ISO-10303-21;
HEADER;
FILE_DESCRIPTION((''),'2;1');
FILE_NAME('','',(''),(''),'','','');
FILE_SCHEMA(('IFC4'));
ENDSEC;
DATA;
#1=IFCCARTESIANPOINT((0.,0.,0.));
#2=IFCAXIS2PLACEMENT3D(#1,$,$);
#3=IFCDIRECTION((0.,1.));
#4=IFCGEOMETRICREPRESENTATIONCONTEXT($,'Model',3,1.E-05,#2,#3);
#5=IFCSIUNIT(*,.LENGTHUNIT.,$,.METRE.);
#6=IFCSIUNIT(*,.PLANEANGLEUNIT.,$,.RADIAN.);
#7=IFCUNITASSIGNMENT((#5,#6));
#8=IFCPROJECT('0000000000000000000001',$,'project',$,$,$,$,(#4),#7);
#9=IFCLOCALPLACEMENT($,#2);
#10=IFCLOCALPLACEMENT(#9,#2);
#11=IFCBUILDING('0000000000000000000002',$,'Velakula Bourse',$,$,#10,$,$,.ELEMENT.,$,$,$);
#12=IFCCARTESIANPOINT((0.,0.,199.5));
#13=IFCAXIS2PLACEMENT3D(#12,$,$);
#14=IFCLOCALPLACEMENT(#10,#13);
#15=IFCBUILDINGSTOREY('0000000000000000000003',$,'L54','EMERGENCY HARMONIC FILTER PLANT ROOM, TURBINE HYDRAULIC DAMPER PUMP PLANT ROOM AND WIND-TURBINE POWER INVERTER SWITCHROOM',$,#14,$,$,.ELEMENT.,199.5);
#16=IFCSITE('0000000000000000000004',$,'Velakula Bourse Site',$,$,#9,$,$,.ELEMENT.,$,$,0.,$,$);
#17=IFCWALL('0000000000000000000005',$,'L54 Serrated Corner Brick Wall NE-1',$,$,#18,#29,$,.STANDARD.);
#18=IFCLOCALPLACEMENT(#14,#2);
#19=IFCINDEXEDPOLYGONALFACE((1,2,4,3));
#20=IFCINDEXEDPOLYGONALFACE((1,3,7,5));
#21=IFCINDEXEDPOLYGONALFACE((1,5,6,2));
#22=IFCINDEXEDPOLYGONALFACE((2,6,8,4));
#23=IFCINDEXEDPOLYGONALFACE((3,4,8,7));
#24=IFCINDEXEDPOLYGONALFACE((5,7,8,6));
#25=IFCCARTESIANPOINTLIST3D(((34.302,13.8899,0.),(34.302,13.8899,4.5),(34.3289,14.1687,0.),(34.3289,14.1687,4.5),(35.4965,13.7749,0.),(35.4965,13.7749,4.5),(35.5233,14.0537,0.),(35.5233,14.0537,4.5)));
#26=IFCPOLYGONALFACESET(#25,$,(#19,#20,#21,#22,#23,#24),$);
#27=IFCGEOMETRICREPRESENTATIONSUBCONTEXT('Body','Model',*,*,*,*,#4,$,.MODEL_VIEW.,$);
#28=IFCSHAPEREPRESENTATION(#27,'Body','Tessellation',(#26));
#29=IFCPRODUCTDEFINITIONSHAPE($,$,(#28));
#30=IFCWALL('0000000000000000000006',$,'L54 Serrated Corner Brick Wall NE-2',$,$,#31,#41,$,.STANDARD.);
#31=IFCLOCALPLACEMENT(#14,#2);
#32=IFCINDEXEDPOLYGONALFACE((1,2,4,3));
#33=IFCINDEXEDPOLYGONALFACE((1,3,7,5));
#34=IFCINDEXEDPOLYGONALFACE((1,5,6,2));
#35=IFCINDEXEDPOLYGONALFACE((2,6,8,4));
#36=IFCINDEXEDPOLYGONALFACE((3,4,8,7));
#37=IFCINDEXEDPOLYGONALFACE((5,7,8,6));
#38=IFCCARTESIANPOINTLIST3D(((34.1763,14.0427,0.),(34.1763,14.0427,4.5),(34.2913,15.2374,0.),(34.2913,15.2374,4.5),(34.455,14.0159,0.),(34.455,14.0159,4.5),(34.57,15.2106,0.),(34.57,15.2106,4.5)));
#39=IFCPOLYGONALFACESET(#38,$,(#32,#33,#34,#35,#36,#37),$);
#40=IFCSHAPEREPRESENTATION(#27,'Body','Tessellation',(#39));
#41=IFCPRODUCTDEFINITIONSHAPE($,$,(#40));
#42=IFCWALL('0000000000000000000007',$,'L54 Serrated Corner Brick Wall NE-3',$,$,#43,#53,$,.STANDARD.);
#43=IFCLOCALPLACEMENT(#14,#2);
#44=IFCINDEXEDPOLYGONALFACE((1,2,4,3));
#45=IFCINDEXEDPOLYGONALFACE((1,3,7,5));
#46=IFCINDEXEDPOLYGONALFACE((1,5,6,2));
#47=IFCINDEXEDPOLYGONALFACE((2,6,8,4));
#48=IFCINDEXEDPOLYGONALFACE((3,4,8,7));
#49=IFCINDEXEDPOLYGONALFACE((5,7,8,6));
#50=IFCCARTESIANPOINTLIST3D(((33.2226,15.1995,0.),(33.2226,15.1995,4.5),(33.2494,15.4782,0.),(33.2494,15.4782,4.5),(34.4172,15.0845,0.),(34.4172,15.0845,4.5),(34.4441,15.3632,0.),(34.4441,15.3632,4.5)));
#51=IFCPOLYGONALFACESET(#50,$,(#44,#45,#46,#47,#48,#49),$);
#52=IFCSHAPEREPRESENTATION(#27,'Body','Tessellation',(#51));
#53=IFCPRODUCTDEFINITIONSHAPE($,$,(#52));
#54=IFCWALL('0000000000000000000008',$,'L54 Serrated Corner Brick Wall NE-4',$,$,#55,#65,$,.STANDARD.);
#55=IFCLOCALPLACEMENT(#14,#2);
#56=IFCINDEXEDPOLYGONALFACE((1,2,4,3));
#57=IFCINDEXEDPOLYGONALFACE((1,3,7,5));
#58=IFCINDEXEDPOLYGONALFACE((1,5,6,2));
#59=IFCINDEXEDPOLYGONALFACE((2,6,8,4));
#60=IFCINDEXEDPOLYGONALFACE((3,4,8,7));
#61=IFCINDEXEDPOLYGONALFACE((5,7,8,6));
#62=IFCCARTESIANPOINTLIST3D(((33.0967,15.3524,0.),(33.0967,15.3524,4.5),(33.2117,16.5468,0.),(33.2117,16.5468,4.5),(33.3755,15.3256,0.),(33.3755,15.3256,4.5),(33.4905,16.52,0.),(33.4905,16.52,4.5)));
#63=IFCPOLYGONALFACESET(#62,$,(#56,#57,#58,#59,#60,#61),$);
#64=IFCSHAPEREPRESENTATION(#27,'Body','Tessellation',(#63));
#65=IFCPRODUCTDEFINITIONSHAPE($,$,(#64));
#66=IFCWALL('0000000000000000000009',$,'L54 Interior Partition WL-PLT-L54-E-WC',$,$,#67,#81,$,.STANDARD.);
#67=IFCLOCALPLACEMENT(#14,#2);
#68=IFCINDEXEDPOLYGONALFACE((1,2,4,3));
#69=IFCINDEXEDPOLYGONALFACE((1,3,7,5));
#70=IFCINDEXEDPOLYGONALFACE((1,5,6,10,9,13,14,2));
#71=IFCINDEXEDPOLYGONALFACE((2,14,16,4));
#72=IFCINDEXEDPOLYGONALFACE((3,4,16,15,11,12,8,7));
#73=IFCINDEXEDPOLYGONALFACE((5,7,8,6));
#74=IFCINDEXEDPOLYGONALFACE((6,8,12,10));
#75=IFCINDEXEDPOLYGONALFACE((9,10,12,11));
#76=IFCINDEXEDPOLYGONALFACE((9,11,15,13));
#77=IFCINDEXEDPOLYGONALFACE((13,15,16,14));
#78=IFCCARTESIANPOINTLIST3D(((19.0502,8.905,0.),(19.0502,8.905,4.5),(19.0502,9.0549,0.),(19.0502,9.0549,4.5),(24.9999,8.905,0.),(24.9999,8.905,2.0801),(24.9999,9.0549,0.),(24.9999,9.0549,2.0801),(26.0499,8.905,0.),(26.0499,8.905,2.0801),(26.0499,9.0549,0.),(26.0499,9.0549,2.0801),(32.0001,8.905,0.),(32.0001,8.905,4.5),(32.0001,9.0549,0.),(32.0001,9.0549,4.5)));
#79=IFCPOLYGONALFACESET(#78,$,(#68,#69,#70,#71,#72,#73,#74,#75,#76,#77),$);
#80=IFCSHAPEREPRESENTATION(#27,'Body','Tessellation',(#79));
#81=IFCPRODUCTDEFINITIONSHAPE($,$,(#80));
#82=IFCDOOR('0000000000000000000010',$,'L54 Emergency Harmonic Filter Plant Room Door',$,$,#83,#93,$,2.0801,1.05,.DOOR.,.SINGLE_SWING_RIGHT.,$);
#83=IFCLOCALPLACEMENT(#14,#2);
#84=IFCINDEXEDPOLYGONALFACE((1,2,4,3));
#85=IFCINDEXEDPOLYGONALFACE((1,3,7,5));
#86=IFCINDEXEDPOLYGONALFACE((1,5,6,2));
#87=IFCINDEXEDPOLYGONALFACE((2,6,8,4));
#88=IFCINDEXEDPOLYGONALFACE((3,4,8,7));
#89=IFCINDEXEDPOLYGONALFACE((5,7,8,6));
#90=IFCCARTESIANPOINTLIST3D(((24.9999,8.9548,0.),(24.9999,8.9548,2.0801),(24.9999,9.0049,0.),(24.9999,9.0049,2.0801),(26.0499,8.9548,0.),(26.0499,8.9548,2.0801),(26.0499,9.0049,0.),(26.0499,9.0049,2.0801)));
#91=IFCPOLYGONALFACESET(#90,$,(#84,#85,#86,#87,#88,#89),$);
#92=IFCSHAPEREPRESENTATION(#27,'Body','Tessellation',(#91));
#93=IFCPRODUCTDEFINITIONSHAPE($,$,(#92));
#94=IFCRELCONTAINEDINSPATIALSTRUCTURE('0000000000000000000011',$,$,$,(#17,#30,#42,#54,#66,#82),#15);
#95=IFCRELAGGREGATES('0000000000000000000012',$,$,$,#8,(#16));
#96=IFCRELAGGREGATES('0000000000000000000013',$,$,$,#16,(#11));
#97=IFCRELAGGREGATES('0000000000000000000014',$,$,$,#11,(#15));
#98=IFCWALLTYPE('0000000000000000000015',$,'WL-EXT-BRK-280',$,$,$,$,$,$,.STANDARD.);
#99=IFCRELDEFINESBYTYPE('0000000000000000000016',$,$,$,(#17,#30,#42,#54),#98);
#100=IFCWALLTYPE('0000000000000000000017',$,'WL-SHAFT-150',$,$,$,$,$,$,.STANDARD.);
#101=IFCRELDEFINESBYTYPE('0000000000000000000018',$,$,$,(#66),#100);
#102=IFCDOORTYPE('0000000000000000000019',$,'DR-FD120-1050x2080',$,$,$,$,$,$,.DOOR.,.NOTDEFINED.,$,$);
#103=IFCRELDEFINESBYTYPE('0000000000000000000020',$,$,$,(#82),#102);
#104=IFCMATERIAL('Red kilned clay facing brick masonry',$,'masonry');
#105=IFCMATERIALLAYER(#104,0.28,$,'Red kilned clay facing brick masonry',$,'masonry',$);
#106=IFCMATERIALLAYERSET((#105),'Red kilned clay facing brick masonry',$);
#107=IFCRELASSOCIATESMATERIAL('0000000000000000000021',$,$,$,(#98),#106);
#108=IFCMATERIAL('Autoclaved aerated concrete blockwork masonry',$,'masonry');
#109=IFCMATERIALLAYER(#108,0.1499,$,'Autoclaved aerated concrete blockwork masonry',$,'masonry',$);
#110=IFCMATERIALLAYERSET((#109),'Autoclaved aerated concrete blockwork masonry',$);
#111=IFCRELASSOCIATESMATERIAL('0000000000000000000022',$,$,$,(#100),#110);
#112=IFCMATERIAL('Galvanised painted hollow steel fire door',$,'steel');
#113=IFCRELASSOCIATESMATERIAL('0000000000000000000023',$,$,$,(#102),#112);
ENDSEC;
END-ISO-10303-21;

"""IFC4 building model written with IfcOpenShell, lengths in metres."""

from ifc_helpers import new_model, si_unit, direction, frame, frame_2d, origin, place, context, subcontext, project, spatial, rectangle, extrude, material, layer, layer_set, type_object, element, fill, save


model = new_model("IFC4")

# Units and contexts
model_context = context("Model", 3, precision=1e-05, world=origin(), true_north=direction((0.0, 1.0)))
body_context = subcontext(model_context, "Body", "Model", "MODEL_VIEW")
ifc_project = project(units=[si_unit("LENGTHUNIT", "METRE"), si_unit("PLANEANGLEUNIT", "RADIAN")], contexts=[model_context])

# Site, building, storey
site_placement = place(None, origin())
site = spatial("IfcSite", under=ifc_project, at=site_placement, Name="Velakula Bourse Site", CompositionType="ELEMENT", RefElevation=0.0)
building_placement = place(site_placement, origin())
building = spatial("IfcBuilding", under=site, at=building_placement, Name="Velakula Bourse", CompositionType="ELEMENT")
storey_placement = place(building_placement, frame((0.0, 0.0, 199.5)))
storey = spatial("IfcBuildingStorey", under=building, at=storey_placement, Name="L54", Description="EMERGENCY HARMONIC FILTER PLANT ROOM, TURBINE HYDRAULIC DAMPER PUMP PLANT ROOM AND WIND-TURBINE POWER INVERTER SWITCHROOM", CompositionType="ELEMENT", Elevation=199.5)

# Walls
ifc_material_1 = material(Name="Red kilned clay facing brick masonry", Category="masonry")
ifc_layer_1 = layer(ifc_material_1, 0.28, Name="Red kilned clay facing brick masonry", Category="masonry")
ifc_layer_set_1 = layer_set([ifc_layer_1], Name="Red kilned clay facing brick masonry")
wall_type_1 = type_object("IfcWallType", Name="WL-EXT-BRK-280", PredefinedType="STANDARD", material=ifc_layer_set_1)
wall_1_placement = place(storey_placement, frame((35.51, 13.9143, 0.0), z_axis=(0.0, 0.0, 1.0), x_axis=(-0.995397, 0.095836, 0.0)))
element("IfcWall", 1, at=wall_1_placement, inside=storey, type_object=wall_type_1, Name="L54 Serrated Corner Brick Wall NE-1", PredefinedType="STANDARD", context=body_context, shape_type="SweptSolid", body=[
    extrude(rectangle(XDim=1.2, YDim=0.28, at=frame_2d((0.6001, 0.0))), origin(), (0.0, 0.0, 1.0), 4.5),
])
for number, where, z_axis, x_axis, name in (
    (2, (34.3157, 14.0293, 0.0), (0.0, 0.0, 1.0), (0.095817, 0.995399, 0.0), "L54 Serrated Corner Brick Wall NE-2"),
    (3, (34.4307, 15.2239, 0.0), (0.0, 0.0, 1.0), (-0.995399, 0.095817, 0.0), "L54 Serrated Corner Brick Wall NE-3"),
):
    element("IfcWall", number, at=place(storey_placement, frame(where, z_axis=z_axis, x_axis=x_axis)), inside=storey, type_object=wall_type_1, Name=name, PredefinedType="STANDARD", context=body_context, shape_type="SweptSolid", body=[
        extrude(rectangle(XDim=1.2002, YDim=0.28, at=frame_2d((0.6001, 0.0))), origin(), (0.0, 0.0, 1.0), 4.5),
    ])
wall_2_placement = place(storey_placement, frame((33.2361, 15.3389, 0.0), z_axis=(0.0, 0.0, 1.0), x_axis=(0.095836, 0.995397, 0.0)))
element("IfcWall", 4, at=wall_2_placement, inside=storey, type_object=wall_type_1, Name="L54 Serrated Corner Brick Wall NE-4", PredefinedType="STANDARD", context=body_context, shape_type="SweptSolid", body=[
    extrude(rectangle(XDim=1.2, YDim=0.28, at=frame_2d((0.6001, 0.0))), origin(), (0.0, 0.0, 1.0), 4.5),
])

# Wall, opening, door
ifc_material_2 = material(Name="Autoclaved aerated concrete blockwork masonry", Category="masonry")
ifc_layer_2 = layer(ifc_material_2, 0.1499, Name="Autoclaved aerated concrete blockwork masonry", Category="masonry")
ifc_layer_set_2 = layer_set([ifc_layer_2], Name="Autoclaved aerated concrete blockwork masonry")
wall_type_2 = type_object("IfcWallType", Name="WL-SHAFT-150", PredefinedType="STANDARD", material=ifc_layer_set_2)
wall_3_placement = place(storey_placement, frame((19.05, 8.98, 0.0), z_axis=(0.0, 0.0, 1.0), x_axis=(1.0, 0.0, 0.0)))
wall_3 = element("IfcWall", 5, at=wall_3_placement, inside=storey, type_object=wall_type_2, Name="L54 Interior Partition WL-PLT-L54-E-WC", PredefinedType="STANDARD", context=body_context, shape_type="SweptSolid", body=[
    extrude(rectangle(XDim=12.95, YDim=0.1499, at=frame_2d((6.4751, 0.0))), origin(), (0.0, 0.0, 1.0), 4.5),
])
opening_placement = place(wall_3_placement, frame((5.95, 0.0, 0.0)))
opening = element("IfcOpeningElement", 6, at=opening_placement, cuts=wall_3, PredefinedType="OPENING", context=body_context, shape_type="SweptSolid", body=[
    extrude(rectangle(XDim=1.05, YDim=2.0801, at=frame_2d((0.5249, 1.04))), frame((0.0, 0.085, 0.0), z_axis=(0.0, -1.0, 0.0), x_axis=(1.0, 0.0, 0.0)), (0.0, 0.0, 1.0), 0.1699),
])
ifc_material_3 = material(Name="Galvanised painted hollow steel fire door", Category="steel")
door_type = type_object("IfcDoorType", Name="DR-FD120-1050x2080", OperationType="NOTDEFINED", PredefinedType="DOOR", material=ifc_material_3)
door_placement = place(opening_placement, origin())
door = element("IfcDoor", 7, at=door_placement, inside=storey, type_object=door_type, Name="L54 Emergency Harmonic Filter Plant Room Door", OperationType="SINGLE_SWING_RIGHT", OverallHeight=2.0801, OverallWidth=1.05, PredefinedType="DOOR", context=body_context, shape_type="SweptSolid", body=[
    extrude(rectangle(XDim=1.05, YDim=2.0801, at=frame_2d((0.5249, 1.04))), frame((0.0, 0.0249, 0.0), z_axis=(0.0, -1.0, 0.0), x_axis=(1.0, 0.0, 0.0)), (0.0, 0.0, 1.0), 0.05),
])
fill(opening, door)

save(model, "model.ifc")
